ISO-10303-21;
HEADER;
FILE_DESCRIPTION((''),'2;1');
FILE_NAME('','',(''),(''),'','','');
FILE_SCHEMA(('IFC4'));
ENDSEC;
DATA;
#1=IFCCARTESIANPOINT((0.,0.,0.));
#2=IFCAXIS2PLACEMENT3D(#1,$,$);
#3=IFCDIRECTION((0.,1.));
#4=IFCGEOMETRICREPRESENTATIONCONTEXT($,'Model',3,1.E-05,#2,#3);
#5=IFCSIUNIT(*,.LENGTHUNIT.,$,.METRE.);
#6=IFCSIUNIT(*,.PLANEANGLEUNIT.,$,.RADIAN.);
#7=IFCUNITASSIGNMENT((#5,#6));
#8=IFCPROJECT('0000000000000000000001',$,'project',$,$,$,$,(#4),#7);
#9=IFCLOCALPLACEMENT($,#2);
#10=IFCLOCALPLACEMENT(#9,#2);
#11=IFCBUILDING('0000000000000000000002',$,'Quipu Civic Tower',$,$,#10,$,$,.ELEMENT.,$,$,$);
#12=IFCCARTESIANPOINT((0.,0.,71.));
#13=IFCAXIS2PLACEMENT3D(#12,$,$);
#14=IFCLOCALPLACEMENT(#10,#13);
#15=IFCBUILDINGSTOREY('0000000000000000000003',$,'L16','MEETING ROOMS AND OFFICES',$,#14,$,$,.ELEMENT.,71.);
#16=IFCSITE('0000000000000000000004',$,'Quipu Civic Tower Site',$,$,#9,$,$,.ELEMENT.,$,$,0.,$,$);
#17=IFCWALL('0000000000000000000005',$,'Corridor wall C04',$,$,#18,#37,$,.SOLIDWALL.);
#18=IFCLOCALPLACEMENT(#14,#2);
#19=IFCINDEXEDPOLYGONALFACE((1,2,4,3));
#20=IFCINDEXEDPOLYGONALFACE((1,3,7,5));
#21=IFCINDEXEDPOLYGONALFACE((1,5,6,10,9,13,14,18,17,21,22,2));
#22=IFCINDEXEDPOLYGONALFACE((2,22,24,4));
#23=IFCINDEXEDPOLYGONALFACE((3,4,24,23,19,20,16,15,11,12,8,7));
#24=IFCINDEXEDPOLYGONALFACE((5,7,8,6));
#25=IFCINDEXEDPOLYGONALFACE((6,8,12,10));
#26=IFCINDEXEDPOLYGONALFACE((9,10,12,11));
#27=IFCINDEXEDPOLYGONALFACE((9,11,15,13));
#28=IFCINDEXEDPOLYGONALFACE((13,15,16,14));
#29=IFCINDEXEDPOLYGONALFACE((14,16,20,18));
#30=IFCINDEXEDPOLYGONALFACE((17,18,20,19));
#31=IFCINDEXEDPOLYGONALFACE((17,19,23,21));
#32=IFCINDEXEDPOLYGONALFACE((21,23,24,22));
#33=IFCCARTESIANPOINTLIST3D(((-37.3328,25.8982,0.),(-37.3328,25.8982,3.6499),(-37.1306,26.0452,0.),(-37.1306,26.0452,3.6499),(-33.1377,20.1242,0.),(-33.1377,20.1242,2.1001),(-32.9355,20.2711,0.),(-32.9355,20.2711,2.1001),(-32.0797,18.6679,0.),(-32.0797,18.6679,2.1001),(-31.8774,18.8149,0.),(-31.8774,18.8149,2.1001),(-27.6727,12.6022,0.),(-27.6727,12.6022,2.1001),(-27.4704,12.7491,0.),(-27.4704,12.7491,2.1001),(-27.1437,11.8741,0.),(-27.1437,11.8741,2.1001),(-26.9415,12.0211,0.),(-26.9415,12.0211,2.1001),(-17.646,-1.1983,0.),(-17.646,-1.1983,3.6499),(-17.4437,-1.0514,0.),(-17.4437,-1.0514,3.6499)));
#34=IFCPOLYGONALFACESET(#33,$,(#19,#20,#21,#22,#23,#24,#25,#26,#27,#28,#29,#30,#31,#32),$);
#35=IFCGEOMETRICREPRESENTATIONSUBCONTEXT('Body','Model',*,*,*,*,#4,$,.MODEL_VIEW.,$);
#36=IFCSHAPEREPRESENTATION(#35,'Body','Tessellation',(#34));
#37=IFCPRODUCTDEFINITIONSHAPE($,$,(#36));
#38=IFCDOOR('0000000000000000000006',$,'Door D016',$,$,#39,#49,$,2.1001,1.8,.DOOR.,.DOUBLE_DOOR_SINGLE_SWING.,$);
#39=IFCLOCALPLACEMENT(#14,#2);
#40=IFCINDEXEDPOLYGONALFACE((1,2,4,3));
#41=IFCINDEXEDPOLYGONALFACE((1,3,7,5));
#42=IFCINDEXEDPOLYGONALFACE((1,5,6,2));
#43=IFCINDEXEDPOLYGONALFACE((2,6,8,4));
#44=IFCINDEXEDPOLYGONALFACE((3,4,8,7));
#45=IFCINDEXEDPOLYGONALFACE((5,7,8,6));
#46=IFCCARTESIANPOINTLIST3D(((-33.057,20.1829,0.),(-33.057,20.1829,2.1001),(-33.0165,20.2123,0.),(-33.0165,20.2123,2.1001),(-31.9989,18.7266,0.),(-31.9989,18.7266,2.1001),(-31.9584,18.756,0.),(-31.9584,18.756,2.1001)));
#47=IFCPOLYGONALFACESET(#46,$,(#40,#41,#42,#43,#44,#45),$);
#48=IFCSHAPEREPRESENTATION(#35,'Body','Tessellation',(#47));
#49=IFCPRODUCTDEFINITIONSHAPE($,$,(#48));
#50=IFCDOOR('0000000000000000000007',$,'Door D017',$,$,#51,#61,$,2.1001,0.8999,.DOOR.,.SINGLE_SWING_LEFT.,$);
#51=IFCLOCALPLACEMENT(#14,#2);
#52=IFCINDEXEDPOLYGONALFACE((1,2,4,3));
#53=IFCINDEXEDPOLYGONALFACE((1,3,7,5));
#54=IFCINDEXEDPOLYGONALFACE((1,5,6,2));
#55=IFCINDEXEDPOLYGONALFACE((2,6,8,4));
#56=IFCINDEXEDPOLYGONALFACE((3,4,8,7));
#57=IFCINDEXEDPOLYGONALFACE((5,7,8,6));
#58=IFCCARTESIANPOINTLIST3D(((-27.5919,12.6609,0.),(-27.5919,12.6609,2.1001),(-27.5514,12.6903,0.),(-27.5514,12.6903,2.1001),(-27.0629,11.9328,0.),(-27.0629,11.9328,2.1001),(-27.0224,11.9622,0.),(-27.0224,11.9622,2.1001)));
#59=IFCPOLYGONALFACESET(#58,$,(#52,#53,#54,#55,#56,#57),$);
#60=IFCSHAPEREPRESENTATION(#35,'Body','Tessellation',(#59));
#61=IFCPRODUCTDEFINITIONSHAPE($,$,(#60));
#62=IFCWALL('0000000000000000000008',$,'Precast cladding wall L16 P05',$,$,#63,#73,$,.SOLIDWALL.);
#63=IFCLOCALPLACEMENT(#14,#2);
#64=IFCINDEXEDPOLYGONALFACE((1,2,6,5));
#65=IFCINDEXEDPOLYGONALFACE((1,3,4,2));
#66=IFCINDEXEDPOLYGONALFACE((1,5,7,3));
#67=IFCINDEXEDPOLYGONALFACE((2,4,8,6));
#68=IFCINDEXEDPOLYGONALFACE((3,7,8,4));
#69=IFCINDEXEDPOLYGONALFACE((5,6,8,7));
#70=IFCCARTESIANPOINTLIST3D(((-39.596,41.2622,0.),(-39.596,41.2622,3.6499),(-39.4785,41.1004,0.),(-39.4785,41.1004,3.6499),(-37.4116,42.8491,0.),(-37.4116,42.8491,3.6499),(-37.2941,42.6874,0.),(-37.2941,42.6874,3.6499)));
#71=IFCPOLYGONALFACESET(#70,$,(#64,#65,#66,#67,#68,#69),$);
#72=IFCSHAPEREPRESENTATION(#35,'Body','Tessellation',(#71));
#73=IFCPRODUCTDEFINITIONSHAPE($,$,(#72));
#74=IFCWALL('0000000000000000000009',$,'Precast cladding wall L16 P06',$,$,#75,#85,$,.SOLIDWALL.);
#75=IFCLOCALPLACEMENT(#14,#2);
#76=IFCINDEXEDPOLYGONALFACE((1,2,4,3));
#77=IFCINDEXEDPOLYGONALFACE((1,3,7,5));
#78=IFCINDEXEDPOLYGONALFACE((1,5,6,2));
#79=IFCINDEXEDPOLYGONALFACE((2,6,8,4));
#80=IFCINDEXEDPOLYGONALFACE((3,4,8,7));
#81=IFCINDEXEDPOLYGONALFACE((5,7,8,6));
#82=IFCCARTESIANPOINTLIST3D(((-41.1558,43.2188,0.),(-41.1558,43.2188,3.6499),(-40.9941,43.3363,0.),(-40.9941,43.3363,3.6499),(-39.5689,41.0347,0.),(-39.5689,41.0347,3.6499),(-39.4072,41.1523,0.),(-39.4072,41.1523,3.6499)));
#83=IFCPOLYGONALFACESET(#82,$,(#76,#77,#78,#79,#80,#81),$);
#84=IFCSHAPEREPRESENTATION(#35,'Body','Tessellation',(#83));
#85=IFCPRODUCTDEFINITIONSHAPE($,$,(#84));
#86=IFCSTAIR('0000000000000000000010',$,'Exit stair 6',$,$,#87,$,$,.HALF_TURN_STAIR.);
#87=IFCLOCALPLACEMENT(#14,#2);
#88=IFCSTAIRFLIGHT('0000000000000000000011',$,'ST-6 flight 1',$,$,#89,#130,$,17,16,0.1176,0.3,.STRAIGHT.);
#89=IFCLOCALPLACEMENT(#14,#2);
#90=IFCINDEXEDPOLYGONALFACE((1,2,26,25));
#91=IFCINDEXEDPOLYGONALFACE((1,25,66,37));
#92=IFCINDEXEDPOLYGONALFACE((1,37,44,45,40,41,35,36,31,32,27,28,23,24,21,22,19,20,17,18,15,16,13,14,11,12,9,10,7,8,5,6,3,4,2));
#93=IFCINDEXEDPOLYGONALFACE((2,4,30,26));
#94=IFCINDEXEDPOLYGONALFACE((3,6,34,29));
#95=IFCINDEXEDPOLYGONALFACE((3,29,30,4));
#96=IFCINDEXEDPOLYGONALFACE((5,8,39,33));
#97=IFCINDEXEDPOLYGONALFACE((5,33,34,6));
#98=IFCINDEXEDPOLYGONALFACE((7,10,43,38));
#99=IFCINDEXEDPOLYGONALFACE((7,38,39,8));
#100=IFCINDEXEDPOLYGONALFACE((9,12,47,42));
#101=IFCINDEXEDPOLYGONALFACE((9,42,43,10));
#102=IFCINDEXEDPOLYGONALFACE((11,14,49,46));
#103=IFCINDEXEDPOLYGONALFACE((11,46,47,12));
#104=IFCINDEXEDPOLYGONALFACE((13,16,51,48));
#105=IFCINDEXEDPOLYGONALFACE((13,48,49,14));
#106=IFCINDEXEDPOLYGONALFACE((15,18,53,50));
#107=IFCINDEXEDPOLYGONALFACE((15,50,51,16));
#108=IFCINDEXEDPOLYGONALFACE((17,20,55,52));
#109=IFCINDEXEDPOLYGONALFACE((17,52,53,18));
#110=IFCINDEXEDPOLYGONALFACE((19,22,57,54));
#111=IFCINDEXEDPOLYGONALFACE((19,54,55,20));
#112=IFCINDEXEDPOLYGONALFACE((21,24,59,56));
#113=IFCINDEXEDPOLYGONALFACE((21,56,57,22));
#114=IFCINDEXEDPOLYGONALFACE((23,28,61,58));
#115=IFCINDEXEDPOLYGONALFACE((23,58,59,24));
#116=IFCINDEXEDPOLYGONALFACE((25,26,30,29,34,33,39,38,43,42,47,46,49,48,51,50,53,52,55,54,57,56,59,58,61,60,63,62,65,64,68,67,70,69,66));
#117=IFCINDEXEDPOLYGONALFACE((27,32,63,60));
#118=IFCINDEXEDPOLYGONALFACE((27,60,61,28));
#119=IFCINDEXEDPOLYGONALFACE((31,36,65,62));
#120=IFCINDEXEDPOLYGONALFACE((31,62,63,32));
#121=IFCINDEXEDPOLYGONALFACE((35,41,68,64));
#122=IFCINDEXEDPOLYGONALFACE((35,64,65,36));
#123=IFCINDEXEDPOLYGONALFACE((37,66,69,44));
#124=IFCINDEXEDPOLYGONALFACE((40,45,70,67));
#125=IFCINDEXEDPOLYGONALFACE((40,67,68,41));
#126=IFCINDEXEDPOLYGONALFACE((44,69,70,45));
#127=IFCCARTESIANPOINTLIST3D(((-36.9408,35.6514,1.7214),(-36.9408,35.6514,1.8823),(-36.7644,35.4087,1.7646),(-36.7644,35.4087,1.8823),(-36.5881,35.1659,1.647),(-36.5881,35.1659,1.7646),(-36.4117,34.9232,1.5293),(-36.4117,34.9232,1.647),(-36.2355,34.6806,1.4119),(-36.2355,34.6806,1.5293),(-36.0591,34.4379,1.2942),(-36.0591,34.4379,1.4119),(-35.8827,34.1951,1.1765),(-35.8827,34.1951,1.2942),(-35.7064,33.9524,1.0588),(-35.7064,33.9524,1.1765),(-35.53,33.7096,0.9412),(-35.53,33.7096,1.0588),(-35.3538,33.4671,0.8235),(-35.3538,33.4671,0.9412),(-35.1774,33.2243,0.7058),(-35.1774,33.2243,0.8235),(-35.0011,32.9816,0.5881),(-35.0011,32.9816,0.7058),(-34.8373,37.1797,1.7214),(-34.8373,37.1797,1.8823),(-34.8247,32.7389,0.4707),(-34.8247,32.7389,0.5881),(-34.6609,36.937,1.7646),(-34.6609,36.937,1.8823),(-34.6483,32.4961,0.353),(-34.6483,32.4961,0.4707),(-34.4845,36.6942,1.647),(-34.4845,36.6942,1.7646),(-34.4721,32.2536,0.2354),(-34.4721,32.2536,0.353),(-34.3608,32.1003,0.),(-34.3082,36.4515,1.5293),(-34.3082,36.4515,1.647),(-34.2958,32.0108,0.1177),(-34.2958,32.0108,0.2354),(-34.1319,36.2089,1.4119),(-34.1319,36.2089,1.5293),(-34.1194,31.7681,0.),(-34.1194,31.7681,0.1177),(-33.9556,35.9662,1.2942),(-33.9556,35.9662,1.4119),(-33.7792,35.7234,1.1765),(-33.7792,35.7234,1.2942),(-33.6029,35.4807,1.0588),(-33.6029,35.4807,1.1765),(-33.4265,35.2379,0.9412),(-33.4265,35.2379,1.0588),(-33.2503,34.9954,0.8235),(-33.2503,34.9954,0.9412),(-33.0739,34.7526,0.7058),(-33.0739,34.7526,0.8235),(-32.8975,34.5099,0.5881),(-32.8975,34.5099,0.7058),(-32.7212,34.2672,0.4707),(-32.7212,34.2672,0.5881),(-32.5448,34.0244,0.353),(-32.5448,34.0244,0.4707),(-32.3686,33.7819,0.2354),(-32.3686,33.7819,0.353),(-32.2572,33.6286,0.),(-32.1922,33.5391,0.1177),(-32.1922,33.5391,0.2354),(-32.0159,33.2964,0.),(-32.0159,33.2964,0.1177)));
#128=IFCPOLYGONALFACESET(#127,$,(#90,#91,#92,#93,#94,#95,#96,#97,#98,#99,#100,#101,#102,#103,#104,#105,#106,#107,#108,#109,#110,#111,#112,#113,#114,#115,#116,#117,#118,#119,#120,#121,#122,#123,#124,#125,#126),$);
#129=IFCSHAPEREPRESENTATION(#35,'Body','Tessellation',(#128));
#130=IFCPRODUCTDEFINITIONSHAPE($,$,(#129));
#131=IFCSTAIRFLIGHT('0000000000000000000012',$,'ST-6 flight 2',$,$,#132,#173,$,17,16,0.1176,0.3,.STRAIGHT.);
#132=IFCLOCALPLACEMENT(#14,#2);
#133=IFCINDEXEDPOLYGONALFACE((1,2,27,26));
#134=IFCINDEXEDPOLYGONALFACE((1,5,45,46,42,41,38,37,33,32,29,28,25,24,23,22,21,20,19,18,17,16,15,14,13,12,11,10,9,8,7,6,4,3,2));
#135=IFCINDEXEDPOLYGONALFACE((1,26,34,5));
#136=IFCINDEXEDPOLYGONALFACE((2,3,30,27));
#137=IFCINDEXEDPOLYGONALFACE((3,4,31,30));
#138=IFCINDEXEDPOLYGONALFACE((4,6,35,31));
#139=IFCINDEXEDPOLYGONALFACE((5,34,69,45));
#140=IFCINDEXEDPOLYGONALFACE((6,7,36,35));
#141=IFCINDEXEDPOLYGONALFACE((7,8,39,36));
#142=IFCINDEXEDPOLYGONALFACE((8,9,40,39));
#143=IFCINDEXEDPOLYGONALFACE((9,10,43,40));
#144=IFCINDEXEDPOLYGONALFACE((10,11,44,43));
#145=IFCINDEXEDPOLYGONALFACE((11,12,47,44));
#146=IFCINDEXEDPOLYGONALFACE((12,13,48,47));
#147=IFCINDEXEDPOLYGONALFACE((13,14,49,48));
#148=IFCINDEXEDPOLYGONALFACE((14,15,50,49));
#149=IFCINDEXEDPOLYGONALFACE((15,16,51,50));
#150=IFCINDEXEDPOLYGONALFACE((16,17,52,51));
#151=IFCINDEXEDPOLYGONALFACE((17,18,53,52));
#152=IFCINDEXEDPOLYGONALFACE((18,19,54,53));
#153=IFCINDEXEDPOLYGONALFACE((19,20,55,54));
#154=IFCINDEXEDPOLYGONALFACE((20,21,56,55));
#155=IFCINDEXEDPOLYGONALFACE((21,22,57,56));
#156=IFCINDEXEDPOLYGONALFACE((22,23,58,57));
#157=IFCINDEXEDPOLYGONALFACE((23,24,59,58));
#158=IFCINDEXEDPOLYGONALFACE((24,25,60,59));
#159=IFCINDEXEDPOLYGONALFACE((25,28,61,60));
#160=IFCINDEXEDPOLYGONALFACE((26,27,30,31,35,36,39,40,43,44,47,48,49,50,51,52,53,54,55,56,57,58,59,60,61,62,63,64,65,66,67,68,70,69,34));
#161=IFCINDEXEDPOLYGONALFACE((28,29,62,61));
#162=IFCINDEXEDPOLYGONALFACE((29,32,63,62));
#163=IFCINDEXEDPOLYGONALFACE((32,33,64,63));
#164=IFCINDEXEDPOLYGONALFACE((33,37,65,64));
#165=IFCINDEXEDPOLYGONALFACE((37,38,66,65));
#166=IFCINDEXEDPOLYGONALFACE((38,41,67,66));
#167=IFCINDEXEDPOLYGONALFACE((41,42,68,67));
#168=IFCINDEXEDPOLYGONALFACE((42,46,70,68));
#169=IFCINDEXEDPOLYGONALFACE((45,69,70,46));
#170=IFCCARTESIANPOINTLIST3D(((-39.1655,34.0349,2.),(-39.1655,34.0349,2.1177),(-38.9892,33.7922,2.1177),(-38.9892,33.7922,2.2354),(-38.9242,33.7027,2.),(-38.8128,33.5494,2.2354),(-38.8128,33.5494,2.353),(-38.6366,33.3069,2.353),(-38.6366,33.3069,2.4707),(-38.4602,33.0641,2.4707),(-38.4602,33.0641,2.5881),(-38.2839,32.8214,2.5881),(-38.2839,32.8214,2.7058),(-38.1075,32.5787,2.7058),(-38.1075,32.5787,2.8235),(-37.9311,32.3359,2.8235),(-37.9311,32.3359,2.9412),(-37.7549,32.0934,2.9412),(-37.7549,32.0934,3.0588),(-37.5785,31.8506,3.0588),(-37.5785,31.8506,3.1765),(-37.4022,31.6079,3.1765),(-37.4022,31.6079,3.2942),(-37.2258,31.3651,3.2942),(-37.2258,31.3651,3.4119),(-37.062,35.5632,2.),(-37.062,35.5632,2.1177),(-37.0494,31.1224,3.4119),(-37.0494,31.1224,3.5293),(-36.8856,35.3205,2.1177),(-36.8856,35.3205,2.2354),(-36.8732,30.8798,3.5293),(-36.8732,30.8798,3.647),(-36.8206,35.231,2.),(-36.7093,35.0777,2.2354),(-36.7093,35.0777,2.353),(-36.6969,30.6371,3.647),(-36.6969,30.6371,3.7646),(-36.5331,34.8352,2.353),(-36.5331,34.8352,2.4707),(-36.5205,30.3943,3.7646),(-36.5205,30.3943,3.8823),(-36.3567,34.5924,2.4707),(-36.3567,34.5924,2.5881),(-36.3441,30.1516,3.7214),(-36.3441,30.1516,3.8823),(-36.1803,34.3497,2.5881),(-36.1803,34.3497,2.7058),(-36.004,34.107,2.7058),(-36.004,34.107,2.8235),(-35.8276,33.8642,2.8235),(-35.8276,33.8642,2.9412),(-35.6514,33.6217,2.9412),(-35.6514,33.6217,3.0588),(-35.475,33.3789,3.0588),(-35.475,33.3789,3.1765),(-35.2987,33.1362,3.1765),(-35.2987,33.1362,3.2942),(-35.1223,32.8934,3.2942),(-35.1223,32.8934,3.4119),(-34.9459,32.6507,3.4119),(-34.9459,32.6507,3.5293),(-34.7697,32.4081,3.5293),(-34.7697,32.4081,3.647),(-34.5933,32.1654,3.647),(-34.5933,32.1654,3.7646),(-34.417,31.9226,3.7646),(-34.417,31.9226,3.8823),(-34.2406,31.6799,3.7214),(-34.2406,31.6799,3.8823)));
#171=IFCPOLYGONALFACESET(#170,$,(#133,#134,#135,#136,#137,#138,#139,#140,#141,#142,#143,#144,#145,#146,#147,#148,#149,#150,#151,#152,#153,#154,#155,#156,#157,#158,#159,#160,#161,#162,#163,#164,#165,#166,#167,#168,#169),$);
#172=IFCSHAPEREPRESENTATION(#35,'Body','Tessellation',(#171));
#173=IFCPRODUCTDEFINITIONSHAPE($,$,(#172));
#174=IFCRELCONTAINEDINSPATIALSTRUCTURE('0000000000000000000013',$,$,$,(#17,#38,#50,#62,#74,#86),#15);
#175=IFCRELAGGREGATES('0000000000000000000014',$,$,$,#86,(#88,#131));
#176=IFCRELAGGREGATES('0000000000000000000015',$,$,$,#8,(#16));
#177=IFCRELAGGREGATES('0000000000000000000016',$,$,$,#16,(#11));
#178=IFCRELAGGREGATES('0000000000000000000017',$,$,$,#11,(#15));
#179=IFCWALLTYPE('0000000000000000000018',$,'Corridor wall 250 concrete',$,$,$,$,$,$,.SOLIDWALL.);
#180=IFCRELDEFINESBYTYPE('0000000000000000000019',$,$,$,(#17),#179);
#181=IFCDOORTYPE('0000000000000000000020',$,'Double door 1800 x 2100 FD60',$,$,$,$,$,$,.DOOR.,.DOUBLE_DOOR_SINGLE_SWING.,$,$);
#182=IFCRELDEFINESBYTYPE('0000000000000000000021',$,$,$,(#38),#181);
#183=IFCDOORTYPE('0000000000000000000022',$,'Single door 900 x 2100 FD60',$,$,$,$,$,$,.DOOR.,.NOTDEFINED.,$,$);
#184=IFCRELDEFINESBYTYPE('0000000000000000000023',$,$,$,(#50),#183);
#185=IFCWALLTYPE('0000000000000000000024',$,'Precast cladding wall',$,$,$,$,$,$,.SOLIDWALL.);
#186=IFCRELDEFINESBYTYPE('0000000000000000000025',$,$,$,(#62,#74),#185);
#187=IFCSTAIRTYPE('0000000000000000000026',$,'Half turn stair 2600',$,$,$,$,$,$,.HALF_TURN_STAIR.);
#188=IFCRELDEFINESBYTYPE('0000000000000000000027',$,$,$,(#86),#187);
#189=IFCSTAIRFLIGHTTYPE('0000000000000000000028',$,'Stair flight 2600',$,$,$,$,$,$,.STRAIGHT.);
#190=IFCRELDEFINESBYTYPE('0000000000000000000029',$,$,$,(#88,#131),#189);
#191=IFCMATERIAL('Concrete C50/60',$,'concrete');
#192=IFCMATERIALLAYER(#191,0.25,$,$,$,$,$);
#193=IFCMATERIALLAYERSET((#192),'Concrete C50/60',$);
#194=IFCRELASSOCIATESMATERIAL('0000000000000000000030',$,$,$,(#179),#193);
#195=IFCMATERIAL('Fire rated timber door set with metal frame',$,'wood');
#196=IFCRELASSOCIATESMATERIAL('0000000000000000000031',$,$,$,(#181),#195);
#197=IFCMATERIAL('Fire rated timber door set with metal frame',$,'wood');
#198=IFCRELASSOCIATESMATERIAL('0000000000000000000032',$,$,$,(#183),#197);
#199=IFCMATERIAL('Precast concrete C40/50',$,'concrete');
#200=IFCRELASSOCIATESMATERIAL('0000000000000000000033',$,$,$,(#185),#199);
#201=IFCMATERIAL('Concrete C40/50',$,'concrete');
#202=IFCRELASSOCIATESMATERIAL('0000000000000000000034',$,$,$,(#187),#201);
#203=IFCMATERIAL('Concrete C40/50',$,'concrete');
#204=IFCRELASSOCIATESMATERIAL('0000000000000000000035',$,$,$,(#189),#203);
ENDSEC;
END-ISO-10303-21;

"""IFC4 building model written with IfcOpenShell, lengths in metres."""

from ifc_helpers import new_model, si_unit, direction, frame, frame_2d, origin, place, context, subcontext, project, spatial, polyline, rectangle, outline, extrude, material, layer, layer_set, type_object, element, fill, aggregate, save


model = new_model("IFC4")

# Units and contexts
model_context = context("Model", 3, precision=1e-05, world=origin(), true_north=direction((0.0, 1.0)))
body_context = subcontext(model_context, "Body", "Model", "MODEL_VIEW")
ifc_project = project(units=[si_unit("LENGTHUNIT", "METRE"), si_unit("PLANEANGLEUNIT", "RADIAN")], contexts=[model_context])

# Site, building, storey
site_placement = place(None, origin())
site = spatial("IfcSite", under=ifc_project, at=site_placement, Name="Quipu Civic Tower Site", CompositionType="ELEMENT", RefElevation=0.0)
building_placement = place(site_placement, origin())
building = spatial("IfcBuilding", under=site, at=building_placement, Name="Quipu Civic Tower", CompositionType="ELEMENT")
storey_placement = place(building_placement, frame((0.0, 0.0, 71.0)))
storey = spatial("IfcBuildingStorey", under=building, at=storey_placement, Name="L16", Description="MEETING ROOMS AND OFFICES", CompositionType="ELEMENT", Elevation=71.0)

# Wall, openings, doors
ifc_material_1 = material(Name="Concrete C50/60", Category="concrete")
ifc_layer_1 = layer(ifc_material_1, 0.25)
ifc_layer_set_1 = layer_set([ifc_layer_1], Name="Concrete C50/60")
wall_type_1 = type_object("IfcWallType", Name="Corridor wall 250 concrete", PredefinedType="SOLIDWALL", material=ifc_layer_set_1)
wall_1_placement = place(storey_placement, frame((-37.2317, 25.9717, 0.0), z_axis=(0.0, 0.0, 1.0), x_axis=(0.587786, -0.809016, 0.0)))
wall_1 = element("IfcWall", 1, at=wall_1_placement, inside=storey, type_object=wall_type_1, Name="Corridor wall C04", PredefinedType="SOLIDWALL", context=body_context, shape_type="SweptSolid", body=[
    extrude(rectangle(XDim=33.4932, YDim=0.25, at=frame_2d((16.7466, 0.0))), origin(), (0.0, 0.0, 1.0), 3.6499),
])
opening_1_placement = place(wall_1_placement, frame((16.4348, 0.0, 0.0)))
opening_1 = element("IfcOpeningElement", 2, at=opening_1_placement, cuts=wall_1, PredefinedType="OPENING", context=body_context, shape_type="SweptSolid", body=[
    extrude(rectangle(XDim=0.8999, YDim=2.1001, at=frame_2d((0.45, 1.05))), frame((0.0, 0.135, 0.0), z_axis=(0.0, -1.0, 0.0), x_axis=(1.0, 0.0, 0.0)), (0.0, 0.0, 1.0), 0.27),
])
opening_2_placement = place(wall_1_placement, frame((7.1372, 0.0, 0.0)))
opening_2 = element("IfcOpeningElement", 3, at=opening_2_placement, cuts=wall_1, PredefinedType="OPENING", context=body_context, shape_type="SweptSolid", body=[
    extrude(rectangle(XDim=1.8, YDim=2.1001, at=frame_2d((0.8999, 1.05))), frame((0.0, 0.135, 0.0), z_axis=(0.0, -1.0, 0.0), x_axis=(1.0, 0.0, 0.0)), (0.0, 0.0, 1.0), 0.27),
])
ifc_material_2 = material(Name="Fire rated timber door set with metal frame", Category="wood")
door_type_1 = type_object("IfcDoorType", Name="Double door 1800 x 2100 FD60", OperationType="DOUBLE_DOOR_SINGLE_SWING", PredefinedType="DOOR", material=ifc_material_2)
door_1_placement = place(opening_2_placement, origin())
door_1 = element("IfcDoor", 4, at=door_1_placement, inside=storey, type_object=door_type_1, Name="Door D016", OperationType="DOUBLE_DOOR_SINGLE_SWING", OverallHeight=2.1001, OverallWidth=1.8, PredefinedType="DOOR", context=body_context, shape_type="SweptSolid", body=[
    extrude(rectangle(XDim=1.8, YDim=2.1001, at=frame_2d((0.8999, 1.05))), frame((0.0, 0.0249, 0.0), z_axis=(0.0, -1.0, 0.0), x_axis=(1.0, 0.0, 0.0)), (0.0, 0.0, 1.0), 0.05),
])
fill(opening_2, door_1)
ifc_material_3 = material(Name="Fire rated timber door set with metal frame", Category="wood")
door_type_2 = type_object("IfcDoorType", Name="Single door 900 x 2100 FD60", OperationType="NOTDEFINED", PredefinedType="DOOR", material=ifc_material_3)
door_2_placement = place(opening_1_placement, origin())
door_2 = element("IfcDoor", 5, at=door_2_placement, inside=storey, type_object=door_type_2, Name="Door D017", OperationType="SINGLE_SWING_LEFT", OverallHeight=2.1001, OverallWidth=0.8999, PredefinedType="DOOR", context=body_context, shape_type="SweptSolid", body=[
    extrude(rectangle(XDim=0.8999, YDim=2.1001, at=frame_2d((0.45, 1.05))), frame((0.0, 0.0249, 0.0), z_axis=(0.0, -1.0, 0.0), x_axis=(1.0, 0.0, 0.0)), (0.0, 0.0, 1.0), 0.05),
])
fill(opening_1, door_2)

# Walls
ifc_material_4 = material(Name="Precast concrete C40/50", Category="concrete")
wall_type_2 = type_object("IfcWallType", Name="Precast cladding wall", PredefinedType="SOLIDWALL", material=ifc_material_4)
wall_2_placement = place(storey_placement, frame((-37.3528, 42.7683, 0.0), z_axis=(0.0, 0.0, 1.0), x_axis=(-0.809033, -0.587763, 0.0)))
element("IfcWall", 6, at=wall_2_placement, inside=storey, type_object=wall_type_2, Name="Precast cladding wall L16 P05", PredefinedType="SOLIDWALL", context=body_context, shape_type="SweptSolid", body=[
    extrude(rectangle(XDim=2.7, YDim=0.2, at=frame_2d((1.3501, 0.0))), origin(), (0.0, 0.0, 1.0), 3.6499),
])
wall_3_placement = place(storey_placement, frame((-39.488, 41.0935, 0.0), z_axis=(0.0, 0.0, 1.0), x_axis=(-0.587806, 0.809002, 0.0)))
element("IfcWall", 7, at=wall_3_placement, inside=storey, type_object=wall_type_2, Name="Precast cladding wall L16 P06", PredefinedType="SOLIDWALL", context=body_context, shape_type="SweptSolid", body=[
    extrude(rectangle(XDim=2.6997, YDim=0.2, at=frame_2d((1.3499, 0.0))), origin(), (0.0, 0.0, 1.0), 3.6499),
])

# Stair, stair flights
ifc_material_5 = material(Name="Concrete C40/50", Category="concrete")
stair_type = type_object("IfcStairType", Name="Half turn stair 2600", PredefinedType="HALF_TURN_STAIR", material=ifc_material_5)
stair_placement = place(storey_placement, origin())
stair = element("IfcStair", 8, at=stair_placement, inside=storey, type_object=stair_type, Name="Exit stair 6", PredefinedType="HALF_TURN_STAIR")
ifc_material_6 = material(Name="Concrete C40/50", Category="concrete")
stair_flight_type = type_object("IfcStairFlightType", Name="Stair flight 2600", PredefinedType="STRAIGHT", material=ifc_material_6)
stair_flight_1_placement = place(storey_placement, frame((-33.0676, 32.5322, 0.0), z_axis=(0.0, 0.0, 1.0), x_axis=(-0.587785, 0.809017, 0.0)))
stair_flight_1 = element("IfcStairFlight", 9, at=stair_flight_1_placement, type_object=stair_flight_type, Name="ST-6 flight 1", NumberOfRisers=17, NumberOfTreads=16, PredefinedType="STRAIGHT", RiserHeight=0.1176, TreadLength=0.3, context=body_context, shape_type="SweptSolid", body=[
    extrude(outline(polyline([(0.0, 0.0), (0.0, 0.1177), (0.3, 0.1177), (0.3, 0.2354), (0.6001, 0.2354), (0.6001, 0.353), (0.8999, 0.353), (0.8999, 0.4707), (1.2, 0.4707), (1.2, 0.5881), (1.5, 0.5881), (1.5, 0.7058), (1.8, 0.7058), (1.8, 0.8235), (2.1001, 0.8235), (2.1001, 0.9412), (2.3999, 0.9412), (2.3999, 1.0588), (2.7, 1.0588), (2.7, 1.1765), (3.0, 1.1765), (3.0, 1.2942), (3.3, 1.2942), (3.3, 1.4119), (3.6001, 1.4119), (3.6001, 1.5293), (3.8999, 1.5293), (3.8999, 1.647), (4.2, 1.647), (4.2, 1.7646), (4.5, 1.7646), (4.5, 1.8823), (4.8, 1.8823), (4.8, 2.0), (4.8, 1.7214), (0.4106, 0.0), (0.0, 0.0)])), frame((0.0, 1.3, 0.0), z_axis=(0.0, -1.0, 0.0), x_axis=(1.0, 0.0, 0.0)), (0.0, 0.0, 1.0), 2.6001),
])
stair_flight_2_placement = place(storey_placement, frame((-38.1138, 34.7991, 2.0), z_axis=(0.0, 0.0, 1.0), x_axis=(0.587785, -0.809017, 0.0)))
stair_flight_2 = element("IfcStairFlight", 10, at=stair_flight_2_placement, type_object=stair_flight_type, Name="ST-6 flight 2", NumberOfRisers=17, NumberOfTreads=16, PredefinedType="STRAIGHT", RiserHeight=0.1176, TreadLength=0.3, context=body_context, shape_type="SweptSolid", body=[
    extrude(outline(polyline([(0.0, 0.0), (0.0, 0.1177), (0.3, 0.1177), (0.3, 0.2354), (0.6001, 0.2354), (0.6001, 0.353), (0.8999, 0.353), (0.8999, 0.4707), (1.2, 0.4707), (1.2, 0.5881), (1.5, 0.5881), (1.5, 0.7058), (1.8, 0.7058), (1.8, 0.8235), (2.1001, 0.8235), (2.1001, 0.9412), (2.3999, 0.9412), (2.3999, 1.0588), (2.7, 1.0588), (2.7, 1.1765), (3.0, 1.1765), (3.0, 1.2942), (3.3, 1.2942), (3.3, 1.4119), (3.6001, 1.4119), (3.6001, 1.5293), (3.8999, 1.5293), (3.8999, 1.647), (4.2, 1.647), (4.2, 1.7646), (4.5, 1.7646), (4.5, 1.8823), (4.8, 1.8823), (4.8, 2.0), (4.8, 1.7214), (0.4106, 0.0), (0.0, 0.0)])), frame((0.0, 1.3, 0.0), z_axis=(0.0, -1.0, 0.0), x_axis=(1.0, 0.0, 0.0)), (0.0, 0.0, 1.0), 2.6001),
])
aggregate(stair, [stair_flight_1, stair_flight_2])

save(model, "model.ifc")
